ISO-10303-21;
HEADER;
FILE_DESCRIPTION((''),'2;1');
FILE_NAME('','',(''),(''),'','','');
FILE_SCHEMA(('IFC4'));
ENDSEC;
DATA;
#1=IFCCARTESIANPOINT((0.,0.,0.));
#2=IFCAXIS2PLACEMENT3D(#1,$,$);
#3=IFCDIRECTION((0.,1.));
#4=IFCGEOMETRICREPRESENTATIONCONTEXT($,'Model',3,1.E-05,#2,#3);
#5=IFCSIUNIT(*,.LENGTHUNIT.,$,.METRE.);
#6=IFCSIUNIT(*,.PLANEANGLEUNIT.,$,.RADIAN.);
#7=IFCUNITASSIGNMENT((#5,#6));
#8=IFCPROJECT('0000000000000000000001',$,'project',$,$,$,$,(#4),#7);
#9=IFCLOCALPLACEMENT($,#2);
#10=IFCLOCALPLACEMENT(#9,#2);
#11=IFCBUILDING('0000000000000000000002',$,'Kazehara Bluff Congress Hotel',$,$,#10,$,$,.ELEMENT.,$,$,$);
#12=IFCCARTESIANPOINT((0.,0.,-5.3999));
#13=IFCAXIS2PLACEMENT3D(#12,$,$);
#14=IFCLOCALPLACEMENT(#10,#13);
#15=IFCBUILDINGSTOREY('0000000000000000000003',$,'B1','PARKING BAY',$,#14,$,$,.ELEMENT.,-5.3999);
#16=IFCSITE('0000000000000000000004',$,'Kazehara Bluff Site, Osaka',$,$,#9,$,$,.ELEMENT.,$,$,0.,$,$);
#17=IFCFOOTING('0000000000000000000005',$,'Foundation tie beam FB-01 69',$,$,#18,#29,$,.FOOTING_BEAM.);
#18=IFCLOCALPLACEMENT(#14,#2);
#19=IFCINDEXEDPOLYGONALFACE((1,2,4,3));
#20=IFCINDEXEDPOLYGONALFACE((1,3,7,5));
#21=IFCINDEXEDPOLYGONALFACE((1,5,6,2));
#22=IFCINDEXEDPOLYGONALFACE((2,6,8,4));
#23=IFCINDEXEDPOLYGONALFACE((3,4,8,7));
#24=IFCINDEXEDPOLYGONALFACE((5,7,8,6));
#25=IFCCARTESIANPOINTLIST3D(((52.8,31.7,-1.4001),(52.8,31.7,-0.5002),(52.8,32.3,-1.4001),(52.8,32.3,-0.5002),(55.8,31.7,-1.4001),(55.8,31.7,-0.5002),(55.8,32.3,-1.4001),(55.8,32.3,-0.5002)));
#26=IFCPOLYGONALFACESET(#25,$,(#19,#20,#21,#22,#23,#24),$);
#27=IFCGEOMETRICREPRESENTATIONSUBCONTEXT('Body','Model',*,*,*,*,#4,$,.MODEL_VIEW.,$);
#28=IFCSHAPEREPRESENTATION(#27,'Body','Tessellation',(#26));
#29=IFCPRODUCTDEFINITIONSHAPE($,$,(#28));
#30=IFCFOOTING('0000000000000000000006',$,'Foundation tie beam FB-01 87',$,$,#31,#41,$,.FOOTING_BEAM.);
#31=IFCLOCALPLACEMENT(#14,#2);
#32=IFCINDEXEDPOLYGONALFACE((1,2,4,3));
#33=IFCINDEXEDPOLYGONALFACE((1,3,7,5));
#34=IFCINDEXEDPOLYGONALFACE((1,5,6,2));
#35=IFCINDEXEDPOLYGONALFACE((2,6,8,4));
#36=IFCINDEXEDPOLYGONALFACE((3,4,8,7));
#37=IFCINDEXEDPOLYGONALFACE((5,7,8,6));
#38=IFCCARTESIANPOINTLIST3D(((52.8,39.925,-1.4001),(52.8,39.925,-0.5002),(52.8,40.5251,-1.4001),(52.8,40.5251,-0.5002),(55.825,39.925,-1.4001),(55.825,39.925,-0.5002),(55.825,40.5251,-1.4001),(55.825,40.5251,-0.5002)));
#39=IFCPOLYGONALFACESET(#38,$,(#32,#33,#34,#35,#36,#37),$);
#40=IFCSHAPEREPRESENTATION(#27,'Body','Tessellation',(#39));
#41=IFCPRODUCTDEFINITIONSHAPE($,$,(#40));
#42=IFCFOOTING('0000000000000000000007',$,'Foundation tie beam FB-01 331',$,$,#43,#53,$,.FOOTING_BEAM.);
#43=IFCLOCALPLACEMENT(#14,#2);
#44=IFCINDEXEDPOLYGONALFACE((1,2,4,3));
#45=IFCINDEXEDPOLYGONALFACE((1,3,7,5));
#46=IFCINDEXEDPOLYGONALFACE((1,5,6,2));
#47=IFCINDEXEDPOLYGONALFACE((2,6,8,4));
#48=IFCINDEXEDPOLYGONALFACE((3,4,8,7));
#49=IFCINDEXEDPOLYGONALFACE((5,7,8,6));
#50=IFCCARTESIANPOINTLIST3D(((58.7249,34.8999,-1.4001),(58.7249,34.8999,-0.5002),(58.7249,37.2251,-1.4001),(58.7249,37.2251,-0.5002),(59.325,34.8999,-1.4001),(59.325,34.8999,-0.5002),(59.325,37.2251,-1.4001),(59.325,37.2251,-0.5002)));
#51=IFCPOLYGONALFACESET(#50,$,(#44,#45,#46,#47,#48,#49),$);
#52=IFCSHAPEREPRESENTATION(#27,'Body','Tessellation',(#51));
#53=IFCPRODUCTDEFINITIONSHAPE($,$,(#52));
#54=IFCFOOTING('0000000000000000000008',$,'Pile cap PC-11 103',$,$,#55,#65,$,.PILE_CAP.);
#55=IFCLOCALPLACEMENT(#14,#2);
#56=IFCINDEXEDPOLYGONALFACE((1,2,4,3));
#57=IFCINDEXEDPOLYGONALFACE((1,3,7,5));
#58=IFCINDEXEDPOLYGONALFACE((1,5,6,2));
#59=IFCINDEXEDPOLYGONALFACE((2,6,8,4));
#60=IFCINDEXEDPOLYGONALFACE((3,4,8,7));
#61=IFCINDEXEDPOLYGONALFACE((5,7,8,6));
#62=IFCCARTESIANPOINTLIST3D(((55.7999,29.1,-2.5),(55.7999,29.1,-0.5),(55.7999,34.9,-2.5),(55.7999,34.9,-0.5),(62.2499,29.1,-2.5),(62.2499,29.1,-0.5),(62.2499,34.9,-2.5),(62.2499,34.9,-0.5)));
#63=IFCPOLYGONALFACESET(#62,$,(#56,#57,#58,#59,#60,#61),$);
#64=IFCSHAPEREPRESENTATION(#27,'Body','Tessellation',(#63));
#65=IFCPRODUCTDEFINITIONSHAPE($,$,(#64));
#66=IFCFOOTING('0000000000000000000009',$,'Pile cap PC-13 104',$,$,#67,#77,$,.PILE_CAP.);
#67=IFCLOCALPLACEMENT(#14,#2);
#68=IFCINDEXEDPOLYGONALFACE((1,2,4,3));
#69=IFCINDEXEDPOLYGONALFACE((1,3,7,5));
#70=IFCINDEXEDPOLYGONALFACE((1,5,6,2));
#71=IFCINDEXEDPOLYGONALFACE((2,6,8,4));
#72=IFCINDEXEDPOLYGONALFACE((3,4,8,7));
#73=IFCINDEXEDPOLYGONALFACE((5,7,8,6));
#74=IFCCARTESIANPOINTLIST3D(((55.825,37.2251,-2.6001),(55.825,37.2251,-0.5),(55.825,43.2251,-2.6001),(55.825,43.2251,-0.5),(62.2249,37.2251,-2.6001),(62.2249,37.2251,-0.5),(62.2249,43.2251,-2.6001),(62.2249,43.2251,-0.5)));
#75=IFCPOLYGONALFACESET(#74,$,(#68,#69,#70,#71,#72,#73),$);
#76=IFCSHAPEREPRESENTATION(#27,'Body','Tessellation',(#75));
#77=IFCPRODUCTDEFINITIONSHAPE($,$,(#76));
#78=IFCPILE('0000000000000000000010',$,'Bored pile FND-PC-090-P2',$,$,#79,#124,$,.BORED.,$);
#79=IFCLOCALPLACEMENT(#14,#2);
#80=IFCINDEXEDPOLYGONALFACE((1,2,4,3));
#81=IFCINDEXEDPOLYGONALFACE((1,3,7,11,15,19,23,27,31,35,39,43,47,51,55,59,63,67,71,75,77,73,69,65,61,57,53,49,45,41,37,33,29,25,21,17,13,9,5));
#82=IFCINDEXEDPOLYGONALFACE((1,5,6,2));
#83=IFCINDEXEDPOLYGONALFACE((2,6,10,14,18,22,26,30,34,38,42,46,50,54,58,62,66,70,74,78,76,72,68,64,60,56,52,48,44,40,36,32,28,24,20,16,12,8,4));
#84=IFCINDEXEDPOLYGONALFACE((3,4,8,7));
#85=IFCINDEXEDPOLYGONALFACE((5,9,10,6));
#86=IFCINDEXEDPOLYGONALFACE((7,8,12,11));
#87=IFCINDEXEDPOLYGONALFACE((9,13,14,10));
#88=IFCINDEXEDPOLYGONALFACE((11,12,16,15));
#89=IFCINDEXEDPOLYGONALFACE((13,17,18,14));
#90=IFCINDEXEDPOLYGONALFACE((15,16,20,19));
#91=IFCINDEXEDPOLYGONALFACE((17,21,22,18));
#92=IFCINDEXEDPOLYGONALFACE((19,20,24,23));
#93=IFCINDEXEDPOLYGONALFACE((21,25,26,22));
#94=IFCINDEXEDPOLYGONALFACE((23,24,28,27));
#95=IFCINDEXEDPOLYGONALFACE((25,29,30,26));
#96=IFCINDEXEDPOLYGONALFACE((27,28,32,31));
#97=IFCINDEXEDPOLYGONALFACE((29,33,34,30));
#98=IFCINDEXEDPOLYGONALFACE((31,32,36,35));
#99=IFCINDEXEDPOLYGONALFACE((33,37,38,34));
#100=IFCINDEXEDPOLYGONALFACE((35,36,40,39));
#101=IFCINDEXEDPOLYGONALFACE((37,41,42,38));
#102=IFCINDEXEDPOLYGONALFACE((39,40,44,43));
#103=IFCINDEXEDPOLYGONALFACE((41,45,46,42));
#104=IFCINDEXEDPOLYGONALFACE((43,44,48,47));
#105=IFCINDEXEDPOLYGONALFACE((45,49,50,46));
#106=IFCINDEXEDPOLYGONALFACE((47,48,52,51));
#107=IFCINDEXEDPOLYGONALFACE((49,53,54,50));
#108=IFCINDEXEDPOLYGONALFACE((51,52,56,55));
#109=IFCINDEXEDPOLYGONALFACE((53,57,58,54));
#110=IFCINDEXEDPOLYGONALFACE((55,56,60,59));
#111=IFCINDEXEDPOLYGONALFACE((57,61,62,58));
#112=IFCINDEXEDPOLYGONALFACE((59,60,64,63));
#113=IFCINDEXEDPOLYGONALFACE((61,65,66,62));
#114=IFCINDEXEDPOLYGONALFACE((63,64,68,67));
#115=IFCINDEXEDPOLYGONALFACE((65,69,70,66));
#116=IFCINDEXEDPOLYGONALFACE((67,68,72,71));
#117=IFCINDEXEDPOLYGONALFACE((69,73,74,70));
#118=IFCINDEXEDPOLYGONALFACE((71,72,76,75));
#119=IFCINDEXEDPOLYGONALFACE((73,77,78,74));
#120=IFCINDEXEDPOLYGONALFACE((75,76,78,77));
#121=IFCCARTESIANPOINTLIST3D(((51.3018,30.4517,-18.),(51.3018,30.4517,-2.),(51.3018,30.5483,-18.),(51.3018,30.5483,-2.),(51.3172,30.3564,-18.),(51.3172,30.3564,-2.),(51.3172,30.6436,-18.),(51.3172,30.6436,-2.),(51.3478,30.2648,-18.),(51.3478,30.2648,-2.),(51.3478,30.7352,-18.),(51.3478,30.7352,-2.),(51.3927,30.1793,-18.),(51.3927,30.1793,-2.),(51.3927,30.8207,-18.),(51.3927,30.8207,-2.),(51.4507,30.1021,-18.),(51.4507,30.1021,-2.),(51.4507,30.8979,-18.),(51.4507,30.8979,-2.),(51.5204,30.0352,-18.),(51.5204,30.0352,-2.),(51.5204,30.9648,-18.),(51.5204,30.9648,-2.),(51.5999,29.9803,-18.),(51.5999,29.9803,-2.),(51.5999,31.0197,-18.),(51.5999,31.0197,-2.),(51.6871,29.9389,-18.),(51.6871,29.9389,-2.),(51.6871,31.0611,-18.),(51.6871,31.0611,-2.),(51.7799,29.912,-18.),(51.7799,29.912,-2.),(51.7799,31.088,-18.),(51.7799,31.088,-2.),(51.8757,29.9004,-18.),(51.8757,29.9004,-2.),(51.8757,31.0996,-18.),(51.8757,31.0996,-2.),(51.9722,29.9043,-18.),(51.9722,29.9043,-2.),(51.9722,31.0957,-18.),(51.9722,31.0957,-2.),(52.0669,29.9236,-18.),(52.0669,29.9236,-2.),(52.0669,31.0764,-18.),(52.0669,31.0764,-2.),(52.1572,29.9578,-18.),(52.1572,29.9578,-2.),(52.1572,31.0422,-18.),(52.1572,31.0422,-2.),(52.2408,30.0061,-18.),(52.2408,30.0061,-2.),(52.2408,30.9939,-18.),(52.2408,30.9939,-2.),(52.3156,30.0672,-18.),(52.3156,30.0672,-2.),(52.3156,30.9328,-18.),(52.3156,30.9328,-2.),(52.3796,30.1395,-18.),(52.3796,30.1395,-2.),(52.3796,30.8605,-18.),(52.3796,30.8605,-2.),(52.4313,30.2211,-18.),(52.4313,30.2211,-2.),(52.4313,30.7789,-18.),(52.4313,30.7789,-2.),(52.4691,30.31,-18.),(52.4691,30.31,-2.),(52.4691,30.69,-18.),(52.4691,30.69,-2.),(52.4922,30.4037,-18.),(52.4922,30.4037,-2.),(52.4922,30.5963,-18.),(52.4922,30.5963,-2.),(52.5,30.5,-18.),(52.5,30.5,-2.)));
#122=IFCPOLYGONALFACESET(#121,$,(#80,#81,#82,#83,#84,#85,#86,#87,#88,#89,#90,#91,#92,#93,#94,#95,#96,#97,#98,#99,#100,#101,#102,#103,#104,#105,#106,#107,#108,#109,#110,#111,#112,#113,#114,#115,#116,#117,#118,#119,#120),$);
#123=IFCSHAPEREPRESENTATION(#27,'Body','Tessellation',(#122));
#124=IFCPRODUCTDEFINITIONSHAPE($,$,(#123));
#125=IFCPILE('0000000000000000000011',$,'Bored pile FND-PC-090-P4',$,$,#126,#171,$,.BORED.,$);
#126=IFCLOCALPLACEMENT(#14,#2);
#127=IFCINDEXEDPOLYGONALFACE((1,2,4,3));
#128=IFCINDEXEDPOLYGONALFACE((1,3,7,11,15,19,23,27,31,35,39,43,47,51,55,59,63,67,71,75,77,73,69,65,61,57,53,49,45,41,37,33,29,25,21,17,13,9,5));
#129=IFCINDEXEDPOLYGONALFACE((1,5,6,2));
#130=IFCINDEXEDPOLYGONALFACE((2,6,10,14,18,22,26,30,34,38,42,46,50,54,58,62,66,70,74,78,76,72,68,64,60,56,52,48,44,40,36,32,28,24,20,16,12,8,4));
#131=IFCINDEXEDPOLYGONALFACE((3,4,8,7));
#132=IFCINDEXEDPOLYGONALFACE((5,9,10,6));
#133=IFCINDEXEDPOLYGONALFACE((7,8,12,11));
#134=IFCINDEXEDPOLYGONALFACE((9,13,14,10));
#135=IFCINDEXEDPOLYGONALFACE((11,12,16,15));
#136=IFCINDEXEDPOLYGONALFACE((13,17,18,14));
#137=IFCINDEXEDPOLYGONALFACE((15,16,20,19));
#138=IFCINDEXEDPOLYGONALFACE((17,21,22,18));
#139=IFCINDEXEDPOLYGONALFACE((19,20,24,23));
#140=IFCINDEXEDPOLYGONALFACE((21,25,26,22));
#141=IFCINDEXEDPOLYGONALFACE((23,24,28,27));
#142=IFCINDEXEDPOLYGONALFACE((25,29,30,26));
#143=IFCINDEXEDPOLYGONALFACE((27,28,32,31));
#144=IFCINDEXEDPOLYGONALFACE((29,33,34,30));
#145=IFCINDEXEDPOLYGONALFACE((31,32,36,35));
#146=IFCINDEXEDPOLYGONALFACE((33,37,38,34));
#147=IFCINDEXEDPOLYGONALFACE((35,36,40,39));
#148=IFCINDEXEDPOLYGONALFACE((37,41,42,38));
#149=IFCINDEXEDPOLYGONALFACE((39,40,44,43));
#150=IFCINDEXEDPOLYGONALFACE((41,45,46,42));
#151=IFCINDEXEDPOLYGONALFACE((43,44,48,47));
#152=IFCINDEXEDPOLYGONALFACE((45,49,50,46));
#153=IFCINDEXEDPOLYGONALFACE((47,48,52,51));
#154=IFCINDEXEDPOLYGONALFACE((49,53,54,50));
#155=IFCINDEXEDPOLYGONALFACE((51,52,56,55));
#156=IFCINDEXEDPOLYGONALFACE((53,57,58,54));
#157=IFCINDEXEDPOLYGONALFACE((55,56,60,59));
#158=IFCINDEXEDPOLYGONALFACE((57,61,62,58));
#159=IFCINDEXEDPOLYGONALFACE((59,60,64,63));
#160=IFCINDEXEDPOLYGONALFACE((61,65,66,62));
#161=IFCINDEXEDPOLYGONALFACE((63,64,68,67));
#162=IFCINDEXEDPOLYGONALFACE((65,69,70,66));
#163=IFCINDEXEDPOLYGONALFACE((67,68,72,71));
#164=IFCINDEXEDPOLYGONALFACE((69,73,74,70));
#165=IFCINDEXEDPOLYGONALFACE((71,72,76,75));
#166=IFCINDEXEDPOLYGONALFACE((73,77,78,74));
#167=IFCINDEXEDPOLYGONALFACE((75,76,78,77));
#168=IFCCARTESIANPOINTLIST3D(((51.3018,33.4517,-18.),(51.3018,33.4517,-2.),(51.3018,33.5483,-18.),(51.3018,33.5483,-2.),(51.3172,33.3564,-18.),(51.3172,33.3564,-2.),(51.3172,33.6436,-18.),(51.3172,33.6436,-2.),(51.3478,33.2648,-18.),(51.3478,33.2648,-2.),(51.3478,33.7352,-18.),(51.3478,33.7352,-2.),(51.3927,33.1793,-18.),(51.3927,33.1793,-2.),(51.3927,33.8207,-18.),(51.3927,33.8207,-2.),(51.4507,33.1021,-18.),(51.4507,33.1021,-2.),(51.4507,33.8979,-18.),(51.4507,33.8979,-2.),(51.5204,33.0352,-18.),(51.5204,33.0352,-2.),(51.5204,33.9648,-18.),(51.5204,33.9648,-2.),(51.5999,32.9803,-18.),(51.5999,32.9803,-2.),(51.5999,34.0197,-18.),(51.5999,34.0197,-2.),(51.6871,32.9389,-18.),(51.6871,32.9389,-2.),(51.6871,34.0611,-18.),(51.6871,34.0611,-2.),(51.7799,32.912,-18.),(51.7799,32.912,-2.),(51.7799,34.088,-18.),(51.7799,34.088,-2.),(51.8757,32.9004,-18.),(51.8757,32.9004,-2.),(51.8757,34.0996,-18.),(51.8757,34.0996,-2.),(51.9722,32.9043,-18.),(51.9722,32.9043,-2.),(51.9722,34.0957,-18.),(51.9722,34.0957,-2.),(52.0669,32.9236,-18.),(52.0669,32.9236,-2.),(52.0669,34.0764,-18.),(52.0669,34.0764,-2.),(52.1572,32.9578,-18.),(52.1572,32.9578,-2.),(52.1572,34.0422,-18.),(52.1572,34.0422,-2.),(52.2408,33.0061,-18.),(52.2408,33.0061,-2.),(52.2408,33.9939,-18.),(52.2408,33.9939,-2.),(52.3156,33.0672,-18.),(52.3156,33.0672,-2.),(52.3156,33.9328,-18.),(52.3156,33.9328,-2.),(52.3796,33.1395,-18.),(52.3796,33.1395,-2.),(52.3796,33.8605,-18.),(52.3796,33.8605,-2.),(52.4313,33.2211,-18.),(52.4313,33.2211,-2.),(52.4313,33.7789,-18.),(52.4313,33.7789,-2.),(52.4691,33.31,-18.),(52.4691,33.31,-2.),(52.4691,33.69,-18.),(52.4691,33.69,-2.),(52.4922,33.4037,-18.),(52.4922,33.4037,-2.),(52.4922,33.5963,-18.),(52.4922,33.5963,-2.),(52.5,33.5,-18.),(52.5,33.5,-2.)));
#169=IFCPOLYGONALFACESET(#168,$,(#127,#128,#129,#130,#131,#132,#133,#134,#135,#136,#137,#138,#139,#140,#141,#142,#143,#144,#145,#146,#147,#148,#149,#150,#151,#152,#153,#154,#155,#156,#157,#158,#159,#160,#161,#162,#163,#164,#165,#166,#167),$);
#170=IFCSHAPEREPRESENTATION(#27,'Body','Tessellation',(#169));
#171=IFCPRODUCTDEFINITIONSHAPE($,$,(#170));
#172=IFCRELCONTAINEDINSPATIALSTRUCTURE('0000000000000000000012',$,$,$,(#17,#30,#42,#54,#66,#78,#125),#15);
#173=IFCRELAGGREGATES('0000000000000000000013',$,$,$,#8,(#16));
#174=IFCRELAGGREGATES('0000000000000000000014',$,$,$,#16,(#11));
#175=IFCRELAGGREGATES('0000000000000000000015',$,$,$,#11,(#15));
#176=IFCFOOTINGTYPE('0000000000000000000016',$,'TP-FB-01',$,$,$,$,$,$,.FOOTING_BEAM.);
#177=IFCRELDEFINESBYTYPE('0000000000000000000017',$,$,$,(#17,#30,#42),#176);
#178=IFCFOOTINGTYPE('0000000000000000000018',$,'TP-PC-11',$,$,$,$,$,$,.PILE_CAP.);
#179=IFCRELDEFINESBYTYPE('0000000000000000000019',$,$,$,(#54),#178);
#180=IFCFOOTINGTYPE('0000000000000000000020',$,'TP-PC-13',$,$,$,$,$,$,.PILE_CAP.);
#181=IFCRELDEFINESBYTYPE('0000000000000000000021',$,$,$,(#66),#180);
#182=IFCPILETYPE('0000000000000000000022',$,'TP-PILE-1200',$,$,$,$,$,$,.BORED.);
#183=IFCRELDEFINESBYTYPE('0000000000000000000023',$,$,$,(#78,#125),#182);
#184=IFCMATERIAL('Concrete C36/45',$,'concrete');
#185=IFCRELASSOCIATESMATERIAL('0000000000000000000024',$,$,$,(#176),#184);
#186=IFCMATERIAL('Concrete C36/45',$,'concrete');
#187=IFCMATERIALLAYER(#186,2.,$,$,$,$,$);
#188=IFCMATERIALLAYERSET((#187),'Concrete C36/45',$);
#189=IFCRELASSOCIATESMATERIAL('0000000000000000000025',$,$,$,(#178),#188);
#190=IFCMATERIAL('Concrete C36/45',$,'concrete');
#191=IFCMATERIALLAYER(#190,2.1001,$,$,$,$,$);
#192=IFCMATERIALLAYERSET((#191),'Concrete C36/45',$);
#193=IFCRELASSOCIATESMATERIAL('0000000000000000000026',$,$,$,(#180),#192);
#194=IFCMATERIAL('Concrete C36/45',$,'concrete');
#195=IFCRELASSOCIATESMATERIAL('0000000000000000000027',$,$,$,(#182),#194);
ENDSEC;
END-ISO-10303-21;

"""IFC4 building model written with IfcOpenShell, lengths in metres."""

from ifc_helpers import new_model, si_unit, direction, frame, origin, origin_2d, place, context, subcontext, project, spatial, rectangle, circle, extrude, material, layer, layer_set, material_profile, profile_set, type_object, element, save


model = new_model("IFC4")

# Units and contexts
model_context = context("Model", 3, precision=1e-05, world=origin(), true_north=direction((0.0, 1.0)))
body_context = subcontext(model_context, "Body", "Model", "MODEL_VIEW")
ifc_project = project(units=[si_unit("LENGTHUNIT", "METRE"), si_unit("PLANEANGLEUNIT", "RADIAN")], contexts=[model_context])

# Site, building, storey
site_placement = place(None, origin())
site = spatial("IfcSite", under=ifc_project, at=site_placement, Name="Kazehara Bluff Site, Osaka", CompositionType="ELEMENT", RefElevation=0.0)
building_placement = place(site_placement, origin())
building = spatial("IfcBuilding", under=site, at=building_placement, Name="Kazehara Bluff Congress Hotel", CompositionType="ELEMENT")
storey_placement = place(building_placement, frame((0.0, 0.0, -5.3999)))
storey = spatial("IfcBuildingStorey", under=building, at=storey_placement, Name="B1", Description="PARKING BAY", CompositionType="ELEMENT", Elevation=-5.3999)

# Footings
ifc_material_1 = material(Name="Concrete C36/45", Category="concrete")
ifc_material_profile_1 = material_profile(ifc_material_1, rectangle(XDim=0.6001, YDim=0.8999, at=origin_2d()))
ifc_profile_set_1 = profile_set([ifc_material_profile_1], Name="Concrete C36/45")
footing_type_1 = type_object("IfcFootingType", Name="TP-FB-01", PredefinedType="FOOTING_BEAM", material=ifc_profile_set_1)
footing_1_placement = place(storey_placement, frame((52.8, 32.0, -0.9502), z_axis=(1.0, 0.0, 0.0), x_axis=(0.0, 1.0, 0.0)))
element("IfcFooting", 1, at=footing_1_placement, inside=storey, type_object=footing_type_1, Name="Foundation tie beam FB-01 69", PredefinedType="FOOTING_BEAM", context=body_context, shape_type="SweptSolid", body=[
    extrude(rectangle(XDim=0.6001, YDim=0.8999, at=origin_2d()), origin(), (0.0, 0.0, 1.0), 3.0),
])
footing_2_placement = place(storey_placement, frame((52.8, 40.2251, -0.9502), z_axis=(1.0, 0.0, 0.0), x_axis=(0.0, 1.0, 0.0)))
element("IfcFooting", 2, at=footing_2_placement, inside=storey, type_object=footing_type_1, Name="Foundation tie beam FB-01 87", PredefinedType="FOOTING_BEAM", context=body_context, shape_type="SweptSolid", body=[
    extrude(rectangle(XDim=0.6001, YDim=0.8999, at=origin_2d()), origin(), (0.0, 0.0, 1.0), 3.0249),
])
footing_3_placement = place(storey_placement, frame((59.0249, 34.8999, -0.9502), z_axis=(0.0, 1.0, 0.0), x_axis=(-1.0, 0.0, 0.0)))
element("IfcFooting", 3, at=footing_3_placement, inside=storey, type_object=footing_type_1, Name="Foundation tie beam FB-01 331", PredefinedType="FOOTING_BEAM", context=body_context, shape_type="SweptSolid", body=[
    extrude(rectangle(XDim=0.6001, YDim=0.8999, at=origin_2d()), origin(), (0.0, 0.0, 1.0), 2.3252),
])
ifc_material_2 = material(Name="Concrete C36/45", Category="concrete")
ifc_layer_1 = layer(ifc_material_2, 2.0)
ifc_layer_set_1 = layer_set([ifc_layer_1], Name="Concrete C36/45")
footing_type_2 = type_object("IfcFootingType", Name="TP-PC-11", PredefinedType="PILE_CAP", material=ifc_layer_set_1)
footing_4_placement = place(storey_placement, frame((59.0249, 32.0, -2.5), z_axis=(0.0, 0.0, 1.0), x_axis=(1.0, 0.0, 0.0)))
element("IfcFooting", 4, at=footing_4_placement, inside=storey, type_object=footing_type_2, Name="Pile cap PC-11 103", PredefinedType="PILE_CAP", context=body_context, shape_type="SweptSolid", body=[
    extrude(rectangle(XDim=6.45, YDim=5.8, at=origin_2d()), origin(), (0.0, 0.0, 1.0), 2.0),
])
ifc_material_3 = material(Name="Concrete C36/45", Category="concrete")
ifc_layer_2 = layer(ifc_material_3, 2.1001)
ifc_layer_set_2 = layer_set([ifc_layer_2], Name="Concrete C36/45")
footing_type_3 = type_object("IfcFootingType", Name="TP-PC-13", PredefinedType="PILE_CAP", material=ifc_layer_set_2)
footing_5_placement = place(storey_placement, frame((59.0249, 40.2251, -2.6001), z_axis=(0.0, 0.0, 1.0), x_axis=(1.0, 0.0, 0.0)))
element("IfcFooting", 5, at=footing_5_placement, inside=storey, type_object=footing_type_3, Name="Pile cap PC-13 104", PredefinedType="PILE_CAP", context=body_context, shape_type="SweptSolid", body=[
    extrude(rectangle(XDim=6.3999, YDim=6.0, at=origin_2d()), origin(), (0.0, 0.0, 1.0), 2.1001),
])

# Piles
ifc_material_4 = material(Name="Concrete C36/45", Category="concrete")
ifc_material_profile_2 = material_profile(ifc_material_4, circle(Radius=0.6001, at=origin_2d()))
ifc_profile_set_2 = profile_set([ifc_material_profile_2], Name="Concrete C36/45")
pile_type_1 = type_object("IfcPileType", Name="TP-PILE-1200", PredefinedType="BORED", material=ifc_profile_set_2)
for number, where, z_axis, x_axis, name in (
    (6, (51.8999, 30.5, -2.0), (0.0, 0.0, -1.0), (1.0, 0.0, 0.0), "Bored pile FND-PC-090-P2"),
    (7, (51.8999, 33.5, -2.0), (0.0, 0.0, -1.0), (1.0, 0.0, 0.0), "Bored pile FND-PC-090-P4"),
):
    element("IfcPile", number, at=place(storey_placement, frame(where, z_axis=z_axis, x_axis=x_axis)), inside=storey, type_object=pile_type_1, Name=name, PredefinedType="BORED", context=body_context, shape_type="SweptSolid", body=[
        extrude(circle(Radius=0.6001, at=origin_2d()), origin(), (0.0, 0.0, 1.0), 16.0),
    ])

save(model, "model.ifc")
